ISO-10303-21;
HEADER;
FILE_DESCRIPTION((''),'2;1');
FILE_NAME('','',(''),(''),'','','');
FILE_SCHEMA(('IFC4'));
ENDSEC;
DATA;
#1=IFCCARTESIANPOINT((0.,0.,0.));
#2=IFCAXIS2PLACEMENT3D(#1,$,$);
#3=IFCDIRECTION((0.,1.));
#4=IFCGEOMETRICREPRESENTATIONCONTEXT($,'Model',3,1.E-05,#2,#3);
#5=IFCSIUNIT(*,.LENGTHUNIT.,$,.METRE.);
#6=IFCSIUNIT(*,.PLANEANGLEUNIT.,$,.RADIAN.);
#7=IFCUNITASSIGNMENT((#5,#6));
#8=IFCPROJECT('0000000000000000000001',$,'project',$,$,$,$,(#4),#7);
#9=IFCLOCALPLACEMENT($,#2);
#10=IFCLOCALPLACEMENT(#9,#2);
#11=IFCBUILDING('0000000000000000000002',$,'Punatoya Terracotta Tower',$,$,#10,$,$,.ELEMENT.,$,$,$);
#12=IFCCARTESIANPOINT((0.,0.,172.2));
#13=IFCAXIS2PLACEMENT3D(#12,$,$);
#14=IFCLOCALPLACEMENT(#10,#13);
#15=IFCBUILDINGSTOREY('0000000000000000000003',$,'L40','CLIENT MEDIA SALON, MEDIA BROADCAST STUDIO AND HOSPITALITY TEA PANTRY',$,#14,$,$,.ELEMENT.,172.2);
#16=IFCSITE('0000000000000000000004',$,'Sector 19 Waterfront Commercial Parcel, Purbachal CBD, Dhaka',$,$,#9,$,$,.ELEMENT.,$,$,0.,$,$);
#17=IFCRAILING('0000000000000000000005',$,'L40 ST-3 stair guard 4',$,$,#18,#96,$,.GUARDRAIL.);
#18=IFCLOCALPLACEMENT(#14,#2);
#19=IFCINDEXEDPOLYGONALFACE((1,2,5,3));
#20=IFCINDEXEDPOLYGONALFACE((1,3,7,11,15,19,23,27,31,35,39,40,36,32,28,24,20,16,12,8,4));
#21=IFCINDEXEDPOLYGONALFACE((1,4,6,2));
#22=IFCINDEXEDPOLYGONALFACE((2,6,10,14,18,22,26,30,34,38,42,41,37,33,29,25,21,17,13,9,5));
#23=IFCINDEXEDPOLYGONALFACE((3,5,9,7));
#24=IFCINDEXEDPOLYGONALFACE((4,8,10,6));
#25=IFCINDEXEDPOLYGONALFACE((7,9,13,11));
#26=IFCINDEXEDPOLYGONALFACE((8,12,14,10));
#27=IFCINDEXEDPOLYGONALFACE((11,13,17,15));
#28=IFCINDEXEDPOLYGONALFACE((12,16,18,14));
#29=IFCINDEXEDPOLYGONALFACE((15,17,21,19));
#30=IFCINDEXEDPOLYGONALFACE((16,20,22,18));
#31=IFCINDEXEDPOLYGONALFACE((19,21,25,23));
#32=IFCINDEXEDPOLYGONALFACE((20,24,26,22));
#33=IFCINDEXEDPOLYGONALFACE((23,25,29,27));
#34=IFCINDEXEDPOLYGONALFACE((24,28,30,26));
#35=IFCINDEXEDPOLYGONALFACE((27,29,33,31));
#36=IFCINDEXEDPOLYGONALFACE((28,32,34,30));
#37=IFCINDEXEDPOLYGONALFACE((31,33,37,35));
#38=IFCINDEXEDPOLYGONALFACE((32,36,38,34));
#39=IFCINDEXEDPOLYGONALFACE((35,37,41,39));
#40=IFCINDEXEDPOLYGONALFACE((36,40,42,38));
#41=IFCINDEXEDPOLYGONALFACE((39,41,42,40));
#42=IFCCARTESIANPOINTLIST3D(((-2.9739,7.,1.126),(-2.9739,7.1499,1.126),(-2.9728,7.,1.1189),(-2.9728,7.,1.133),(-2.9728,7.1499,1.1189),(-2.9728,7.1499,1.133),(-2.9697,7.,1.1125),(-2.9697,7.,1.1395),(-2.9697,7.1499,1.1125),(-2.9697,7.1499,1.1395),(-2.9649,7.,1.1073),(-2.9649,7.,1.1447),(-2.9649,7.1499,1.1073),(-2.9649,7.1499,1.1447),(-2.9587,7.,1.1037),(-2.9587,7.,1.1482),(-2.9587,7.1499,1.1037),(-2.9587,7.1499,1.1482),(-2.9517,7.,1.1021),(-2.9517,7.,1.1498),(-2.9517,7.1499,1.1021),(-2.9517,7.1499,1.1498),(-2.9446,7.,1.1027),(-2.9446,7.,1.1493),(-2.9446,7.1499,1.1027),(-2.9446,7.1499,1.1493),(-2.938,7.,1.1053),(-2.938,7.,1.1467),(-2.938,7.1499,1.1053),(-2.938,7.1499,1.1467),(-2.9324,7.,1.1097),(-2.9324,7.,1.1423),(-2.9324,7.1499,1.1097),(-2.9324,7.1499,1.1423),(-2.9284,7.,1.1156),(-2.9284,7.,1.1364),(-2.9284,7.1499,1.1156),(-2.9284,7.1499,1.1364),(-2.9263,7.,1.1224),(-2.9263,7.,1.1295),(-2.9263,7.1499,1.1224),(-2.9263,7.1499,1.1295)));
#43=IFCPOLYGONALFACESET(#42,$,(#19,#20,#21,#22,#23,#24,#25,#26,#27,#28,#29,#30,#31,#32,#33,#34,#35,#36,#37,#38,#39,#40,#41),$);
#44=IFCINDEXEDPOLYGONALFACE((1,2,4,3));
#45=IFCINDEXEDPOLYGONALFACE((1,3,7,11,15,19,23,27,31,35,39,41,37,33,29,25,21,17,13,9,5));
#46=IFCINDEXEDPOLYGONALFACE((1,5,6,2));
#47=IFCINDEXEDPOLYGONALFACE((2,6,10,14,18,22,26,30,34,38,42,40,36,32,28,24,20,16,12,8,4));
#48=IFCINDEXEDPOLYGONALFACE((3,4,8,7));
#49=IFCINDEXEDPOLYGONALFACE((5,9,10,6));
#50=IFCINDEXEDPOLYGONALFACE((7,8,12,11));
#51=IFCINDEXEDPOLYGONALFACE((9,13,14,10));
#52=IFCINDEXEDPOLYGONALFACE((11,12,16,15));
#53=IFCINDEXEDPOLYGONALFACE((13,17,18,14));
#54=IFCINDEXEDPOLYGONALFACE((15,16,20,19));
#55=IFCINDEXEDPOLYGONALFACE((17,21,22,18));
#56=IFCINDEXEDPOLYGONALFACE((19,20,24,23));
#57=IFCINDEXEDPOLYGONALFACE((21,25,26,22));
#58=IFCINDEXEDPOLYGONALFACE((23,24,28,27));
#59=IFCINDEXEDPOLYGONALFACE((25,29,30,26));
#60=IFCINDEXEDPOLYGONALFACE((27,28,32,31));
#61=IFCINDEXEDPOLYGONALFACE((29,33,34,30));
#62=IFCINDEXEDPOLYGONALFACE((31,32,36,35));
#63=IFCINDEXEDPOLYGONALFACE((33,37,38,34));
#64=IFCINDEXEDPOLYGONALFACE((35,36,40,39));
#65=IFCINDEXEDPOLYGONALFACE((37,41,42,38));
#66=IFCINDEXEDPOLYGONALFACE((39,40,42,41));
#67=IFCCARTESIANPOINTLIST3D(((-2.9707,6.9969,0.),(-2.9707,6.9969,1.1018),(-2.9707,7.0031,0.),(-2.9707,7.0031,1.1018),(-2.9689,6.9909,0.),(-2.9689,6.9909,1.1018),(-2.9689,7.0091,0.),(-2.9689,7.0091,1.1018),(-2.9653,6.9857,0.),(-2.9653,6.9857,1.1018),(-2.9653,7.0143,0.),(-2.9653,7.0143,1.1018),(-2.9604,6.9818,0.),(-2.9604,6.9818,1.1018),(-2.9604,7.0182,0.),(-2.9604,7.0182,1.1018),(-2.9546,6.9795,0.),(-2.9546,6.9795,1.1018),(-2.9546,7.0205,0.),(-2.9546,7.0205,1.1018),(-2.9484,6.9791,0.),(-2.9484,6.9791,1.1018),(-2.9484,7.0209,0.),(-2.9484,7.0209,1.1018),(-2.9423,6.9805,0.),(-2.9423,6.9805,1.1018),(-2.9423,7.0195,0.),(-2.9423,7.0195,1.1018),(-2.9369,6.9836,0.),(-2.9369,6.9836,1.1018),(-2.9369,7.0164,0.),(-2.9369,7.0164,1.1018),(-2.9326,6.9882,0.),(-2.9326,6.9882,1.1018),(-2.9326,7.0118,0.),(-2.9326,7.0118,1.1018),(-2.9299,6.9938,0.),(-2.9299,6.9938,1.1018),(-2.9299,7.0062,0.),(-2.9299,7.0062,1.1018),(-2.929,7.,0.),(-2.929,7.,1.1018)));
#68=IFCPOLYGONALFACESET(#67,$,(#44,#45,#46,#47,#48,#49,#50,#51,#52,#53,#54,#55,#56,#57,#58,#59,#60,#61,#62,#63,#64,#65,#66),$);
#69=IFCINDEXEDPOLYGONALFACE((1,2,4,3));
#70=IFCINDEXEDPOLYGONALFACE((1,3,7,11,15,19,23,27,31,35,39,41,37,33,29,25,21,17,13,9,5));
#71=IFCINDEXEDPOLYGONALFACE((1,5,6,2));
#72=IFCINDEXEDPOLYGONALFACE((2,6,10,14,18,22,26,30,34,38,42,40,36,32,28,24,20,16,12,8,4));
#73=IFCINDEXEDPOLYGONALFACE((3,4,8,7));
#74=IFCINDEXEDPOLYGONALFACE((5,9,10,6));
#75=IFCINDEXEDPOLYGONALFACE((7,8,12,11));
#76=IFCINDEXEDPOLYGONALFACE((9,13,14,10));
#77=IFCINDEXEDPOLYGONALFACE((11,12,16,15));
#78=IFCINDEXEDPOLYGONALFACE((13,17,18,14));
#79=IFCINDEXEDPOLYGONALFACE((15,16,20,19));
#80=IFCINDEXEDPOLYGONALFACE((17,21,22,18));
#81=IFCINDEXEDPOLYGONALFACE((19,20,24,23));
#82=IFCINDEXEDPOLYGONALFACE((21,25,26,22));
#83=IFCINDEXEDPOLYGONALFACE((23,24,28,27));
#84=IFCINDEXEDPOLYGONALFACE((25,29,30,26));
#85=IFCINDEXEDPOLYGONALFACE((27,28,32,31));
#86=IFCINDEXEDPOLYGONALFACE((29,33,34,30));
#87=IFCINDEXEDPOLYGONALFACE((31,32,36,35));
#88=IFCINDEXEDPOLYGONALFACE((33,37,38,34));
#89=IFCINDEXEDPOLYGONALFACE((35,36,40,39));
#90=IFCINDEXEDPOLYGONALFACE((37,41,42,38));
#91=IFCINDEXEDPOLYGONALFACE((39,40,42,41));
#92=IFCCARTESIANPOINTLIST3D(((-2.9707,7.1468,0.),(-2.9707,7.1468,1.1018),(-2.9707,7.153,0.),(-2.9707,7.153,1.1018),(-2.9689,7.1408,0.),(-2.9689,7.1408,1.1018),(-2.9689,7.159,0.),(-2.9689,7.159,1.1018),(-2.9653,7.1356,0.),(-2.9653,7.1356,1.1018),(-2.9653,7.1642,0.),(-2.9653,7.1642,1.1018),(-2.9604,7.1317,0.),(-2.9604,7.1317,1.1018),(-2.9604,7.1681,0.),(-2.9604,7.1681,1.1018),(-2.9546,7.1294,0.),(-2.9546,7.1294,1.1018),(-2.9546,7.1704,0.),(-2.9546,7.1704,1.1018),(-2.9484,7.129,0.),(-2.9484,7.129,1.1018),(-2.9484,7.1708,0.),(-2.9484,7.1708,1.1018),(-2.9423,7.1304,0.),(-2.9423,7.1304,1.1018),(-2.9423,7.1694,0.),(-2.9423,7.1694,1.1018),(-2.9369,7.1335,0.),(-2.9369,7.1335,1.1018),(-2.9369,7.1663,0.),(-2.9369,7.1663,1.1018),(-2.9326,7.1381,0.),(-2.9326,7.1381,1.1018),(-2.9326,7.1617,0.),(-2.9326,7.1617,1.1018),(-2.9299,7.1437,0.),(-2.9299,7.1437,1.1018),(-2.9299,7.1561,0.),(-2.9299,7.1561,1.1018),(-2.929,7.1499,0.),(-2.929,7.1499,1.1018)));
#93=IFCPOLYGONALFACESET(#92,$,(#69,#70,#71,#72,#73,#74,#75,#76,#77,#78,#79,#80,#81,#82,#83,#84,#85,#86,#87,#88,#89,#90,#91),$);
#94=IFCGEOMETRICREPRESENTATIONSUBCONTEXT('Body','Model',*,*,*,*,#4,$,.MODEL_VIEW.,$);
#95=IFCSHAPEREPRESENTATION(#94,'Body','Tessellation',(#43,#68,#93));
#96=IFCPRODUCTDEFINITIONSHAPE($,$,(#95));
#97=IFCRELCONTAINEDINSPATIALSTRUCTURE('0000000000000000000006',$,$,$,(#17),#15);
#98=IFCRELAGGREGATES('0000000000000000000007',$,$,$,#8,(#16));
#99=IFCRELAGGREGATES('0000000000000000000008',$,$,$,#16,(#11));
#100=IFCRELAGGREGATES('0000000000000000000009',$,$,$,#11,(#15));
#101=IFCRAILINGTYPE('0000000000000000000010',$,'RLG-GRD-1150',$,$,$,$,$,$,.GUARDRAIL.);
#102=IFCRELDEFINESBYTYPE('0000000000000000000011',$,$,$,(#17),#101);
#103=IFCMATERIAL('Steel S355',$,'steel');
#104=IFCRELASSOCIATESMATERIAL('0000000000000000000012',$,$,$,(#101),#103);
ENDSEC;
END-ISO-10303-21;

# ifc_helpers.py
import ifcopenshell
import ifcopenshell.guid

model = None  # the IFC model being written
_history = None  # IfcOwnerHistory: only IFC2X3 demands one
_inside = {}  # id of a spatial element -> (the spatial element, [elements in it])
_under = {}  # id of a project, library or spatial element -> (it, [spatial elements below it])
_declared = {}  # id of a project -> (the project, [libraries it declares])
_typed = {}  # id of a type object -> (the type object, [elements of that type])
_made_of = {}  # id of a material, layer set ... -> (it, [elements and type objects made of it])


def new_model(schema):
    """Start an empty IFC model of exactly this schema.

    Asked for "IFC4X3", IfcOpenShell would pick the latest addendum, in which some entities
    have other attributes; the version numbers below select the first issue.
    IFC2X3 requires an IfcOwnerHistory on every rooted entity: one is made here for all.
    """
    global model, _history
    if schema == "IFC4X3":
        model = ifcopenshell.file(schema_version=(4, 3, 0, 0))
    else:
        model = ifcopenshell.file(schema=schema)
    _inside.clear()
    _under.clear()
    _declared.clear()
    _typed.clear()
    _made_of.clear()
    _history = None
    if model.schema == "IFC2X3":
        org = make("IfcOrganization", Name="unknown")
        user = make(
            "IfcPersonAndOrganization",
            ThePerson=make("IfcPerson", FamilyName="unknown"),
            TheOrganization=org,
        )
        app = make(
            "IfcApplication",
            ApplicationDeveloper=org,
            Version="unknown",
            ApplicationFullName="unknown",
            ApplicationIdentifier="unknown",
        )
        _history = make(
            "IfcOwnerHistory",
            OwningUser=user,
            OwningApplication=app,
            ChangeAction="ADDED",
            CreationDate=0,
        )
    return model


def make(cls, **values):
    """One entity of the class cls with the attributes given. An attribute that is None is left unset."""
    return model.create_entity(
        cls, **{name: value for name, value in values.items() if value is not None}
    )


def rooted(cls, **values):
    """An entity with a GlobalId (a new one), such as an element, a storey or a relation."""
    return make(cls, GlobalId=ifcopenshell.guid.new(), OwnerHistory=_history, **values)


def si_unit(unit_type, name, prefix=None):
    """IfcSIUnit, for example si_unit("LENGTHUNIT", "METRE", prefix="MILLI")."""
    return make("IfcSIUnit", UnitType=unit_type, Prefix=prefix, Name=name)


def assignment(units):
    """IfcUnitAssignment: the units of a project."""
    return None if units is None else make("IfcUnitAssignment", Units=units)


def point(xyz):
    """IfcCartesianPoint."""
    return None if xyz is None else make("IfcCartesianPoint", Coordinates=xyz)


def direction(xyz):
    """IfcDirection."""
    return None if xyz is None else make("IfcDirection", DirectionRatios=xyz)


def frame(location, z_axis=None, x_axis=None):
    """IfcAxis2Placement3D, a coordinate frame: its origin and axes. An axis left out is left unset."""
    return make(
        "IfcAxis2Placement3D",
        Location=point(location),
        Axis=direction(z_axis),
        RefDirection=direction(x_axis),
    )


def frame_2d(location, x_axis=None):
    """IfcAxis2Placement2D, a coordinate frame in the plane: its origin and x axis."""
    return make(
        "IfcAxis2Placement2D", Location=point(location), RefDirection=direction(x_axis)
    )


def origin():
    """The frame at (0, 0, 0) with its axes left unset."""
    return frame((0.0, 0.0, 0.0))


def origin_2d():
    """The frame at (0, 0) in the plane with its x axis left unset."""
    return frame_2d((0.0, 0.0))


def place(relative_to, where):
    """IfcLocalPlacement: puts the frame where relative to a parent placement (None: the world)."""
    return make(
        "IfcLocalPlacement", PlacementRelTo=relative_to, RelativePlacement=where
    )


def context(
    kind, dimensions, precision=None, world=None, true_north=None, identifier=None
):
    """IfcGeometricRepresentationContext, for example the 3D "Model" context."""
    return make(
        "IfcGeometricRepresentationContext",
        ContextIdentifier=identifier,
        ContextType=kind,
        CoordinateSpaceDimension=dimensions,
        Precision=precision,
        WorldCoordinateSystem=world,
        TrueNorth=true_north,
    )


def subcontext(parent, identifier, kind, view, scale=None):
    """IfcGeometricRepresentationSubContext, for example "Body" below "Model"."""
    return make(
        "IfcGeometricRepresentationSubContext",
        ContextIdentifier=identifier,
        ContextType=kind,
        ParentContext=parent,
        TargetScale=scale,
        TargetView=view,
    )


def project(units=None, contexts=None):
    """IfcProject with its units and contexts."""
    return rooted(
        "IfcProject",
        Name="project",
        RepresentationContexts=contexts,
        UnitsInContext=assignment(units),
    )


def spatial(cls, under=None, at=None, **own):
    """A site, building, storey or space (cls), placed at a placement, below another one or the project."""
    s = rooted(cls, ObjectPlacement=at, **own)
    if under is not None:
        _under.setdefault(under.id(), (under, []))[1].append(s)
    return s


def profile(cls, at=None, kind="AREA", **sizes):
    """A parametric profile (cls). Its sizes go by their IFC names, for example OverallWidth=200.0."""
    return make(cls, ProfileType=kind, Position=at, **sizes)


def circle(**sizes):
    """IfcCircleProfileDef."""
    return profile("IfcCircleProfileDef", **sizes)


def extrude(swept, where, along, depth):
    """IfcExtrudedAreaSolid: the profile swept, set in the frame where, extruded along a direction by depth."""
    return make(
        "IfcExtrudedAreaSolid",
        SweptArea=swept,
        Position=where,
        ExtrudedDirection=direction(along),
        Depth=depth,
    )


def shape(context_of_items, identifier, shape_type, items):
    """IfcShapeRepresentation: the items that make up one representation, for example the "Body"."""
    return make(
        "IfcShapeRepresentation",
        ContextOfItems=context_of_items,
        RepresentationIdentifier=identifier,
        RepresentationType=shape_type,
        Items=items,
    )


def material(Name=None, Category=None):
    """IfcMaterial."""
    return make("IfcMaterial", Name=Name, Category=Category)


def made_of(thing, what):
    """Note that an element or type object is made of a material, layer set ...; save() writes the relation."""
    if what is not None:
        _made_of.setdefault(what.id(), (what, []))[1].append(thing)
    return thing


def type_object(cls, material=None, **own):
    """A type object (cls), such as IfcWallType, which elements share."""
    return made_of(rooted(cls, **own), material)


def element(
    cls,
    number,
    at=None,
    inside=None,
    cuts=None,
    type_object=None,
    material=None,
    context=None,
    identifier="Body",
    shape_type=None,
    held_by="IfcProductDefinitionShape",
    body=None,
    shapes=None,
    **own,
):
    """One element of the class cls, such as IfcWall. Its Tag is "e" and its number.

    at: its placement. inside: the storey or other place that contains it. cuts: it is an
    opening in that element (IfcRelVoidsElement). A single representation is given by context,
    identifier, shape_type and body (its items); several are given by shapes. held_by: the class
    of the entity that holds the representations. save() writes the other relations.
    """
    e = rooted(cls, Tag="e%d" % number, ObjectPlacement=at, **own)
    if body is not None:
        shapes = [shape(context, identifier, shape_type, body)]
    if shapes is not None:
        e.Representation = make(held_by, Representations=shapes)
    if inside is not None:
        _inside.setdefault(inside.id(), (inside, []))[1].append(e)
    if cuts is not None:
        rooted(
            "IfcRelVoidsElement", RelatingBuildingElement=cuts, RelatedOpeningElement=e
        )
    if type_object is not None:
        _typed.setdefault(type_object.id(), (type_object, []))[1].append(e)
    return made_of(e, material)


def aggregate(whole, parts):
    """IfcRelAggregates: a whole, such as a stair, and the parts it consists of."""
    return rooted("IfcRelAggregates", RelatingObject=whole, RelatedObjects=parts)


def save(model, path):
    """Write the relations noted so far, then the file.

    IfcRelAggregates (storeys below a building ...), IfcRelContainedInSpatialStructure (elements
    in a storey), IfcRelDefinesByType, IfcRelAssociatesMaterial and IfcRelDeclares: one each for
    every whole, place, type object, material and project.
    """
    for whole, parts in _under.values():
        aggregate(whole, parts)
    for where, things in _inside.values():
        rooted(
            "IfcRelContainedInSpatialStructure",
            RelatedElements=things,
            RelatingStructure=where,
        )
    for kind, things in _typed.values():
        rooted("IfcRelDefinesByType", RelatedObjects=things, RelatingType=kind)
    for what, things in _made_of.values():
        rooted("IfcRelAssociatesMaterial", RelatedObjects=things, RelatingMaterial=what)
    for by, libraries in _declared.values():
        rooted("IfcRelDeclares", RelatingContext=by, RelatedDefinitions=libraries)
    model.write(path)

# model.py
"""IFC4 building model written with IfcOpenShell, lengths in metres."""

from ifc_helpers import new_model, si_unit, direction, frame, origin, origin_2d, place, context, subcontext, project, spatial, circle, extrude, material, type_object, element, save


model = new_model("IFC4")

# Units and contexts
model_context = context("Model", 3, precision=1e-05, world=origin(), true_north=direction((0.0, 1.0)))
body_context = subcontext(model_context, "Body", "Model", "MODEL_VIEW")
ifc_project = project(units=[si_unit("LENGTHUNIT", "METRE"), si_unit("PLANEANGLEUNIT", "RADIAN")], contexts=[model_context])

# Site, building, storey
site_placement = place(None, origin())
site = spatial("IfcSite", under=ifc_project, at=site_placement, Name="Sector 19 Waterfront Commercial Parcel, Purbachal CBD, Dhaka", CompositionType="ELEMENT", RefElevation=0.0)
building_placement = place(site_placement, origin())
building = spatial("IfcBuilding", under=site, at=building_placement, Name="Punatoya Terracotta Tower", CompositionType="ELEMENT")
storey_placement = place(building_placement, frame((0.0, 0.0, 172.2)))
storey = spatial("IfcBuildingStorey", under=building, at=storey_placement, Name="L40", Description="CLIENT MEDIA SALON, MEDIA BROADCAST STUDIO AND HOSPITALITY TEA PANTRY", CompositionType="ELEMENT", Elevation=172.2)

# Shared definitions
ifc_material_1 = material(Name="Steel S355", Category="steel")

# Railing
railing_type_1 = type_object("IfcRailingType", Name="RLG-GRD-1150", PredefinedType="GUARDRAIL", material=ifc_material_1)
railing_1_placement = place(storey_placement, frame((-2.95, 7.0, 0.0)))
element("IfcRailing", 1, at=railing_1_placement, inside=storey, type_object=railing_type_1, Name="L40 ST-3 stair guard 4", PredefinedType="GUARDRAIL", context=body_context, shape_type="SweptSolid", body=[
    extrude(circle(Radius=0.0239, at=origin_2d()), frame((0.0, 0.0, 1.126), z_axis=(0.0, 1.0, 0.0), x_axis=(-1.0, 0.0, 0.0)), (0.0, 0.0, 1.0), 0.1499),
    extrude(circle(Radius=0.021, at=origin_2d()), origin(), (0.0, 0.0, 1.0), 1.1018),
    extrude(circle(Radius=0.021, at=origin_2d()), frame((0.0, 0.1499, 0.0)), (0.0, 0.0, 1.0), 1.1018),
])

save(model, "model.ifc")
